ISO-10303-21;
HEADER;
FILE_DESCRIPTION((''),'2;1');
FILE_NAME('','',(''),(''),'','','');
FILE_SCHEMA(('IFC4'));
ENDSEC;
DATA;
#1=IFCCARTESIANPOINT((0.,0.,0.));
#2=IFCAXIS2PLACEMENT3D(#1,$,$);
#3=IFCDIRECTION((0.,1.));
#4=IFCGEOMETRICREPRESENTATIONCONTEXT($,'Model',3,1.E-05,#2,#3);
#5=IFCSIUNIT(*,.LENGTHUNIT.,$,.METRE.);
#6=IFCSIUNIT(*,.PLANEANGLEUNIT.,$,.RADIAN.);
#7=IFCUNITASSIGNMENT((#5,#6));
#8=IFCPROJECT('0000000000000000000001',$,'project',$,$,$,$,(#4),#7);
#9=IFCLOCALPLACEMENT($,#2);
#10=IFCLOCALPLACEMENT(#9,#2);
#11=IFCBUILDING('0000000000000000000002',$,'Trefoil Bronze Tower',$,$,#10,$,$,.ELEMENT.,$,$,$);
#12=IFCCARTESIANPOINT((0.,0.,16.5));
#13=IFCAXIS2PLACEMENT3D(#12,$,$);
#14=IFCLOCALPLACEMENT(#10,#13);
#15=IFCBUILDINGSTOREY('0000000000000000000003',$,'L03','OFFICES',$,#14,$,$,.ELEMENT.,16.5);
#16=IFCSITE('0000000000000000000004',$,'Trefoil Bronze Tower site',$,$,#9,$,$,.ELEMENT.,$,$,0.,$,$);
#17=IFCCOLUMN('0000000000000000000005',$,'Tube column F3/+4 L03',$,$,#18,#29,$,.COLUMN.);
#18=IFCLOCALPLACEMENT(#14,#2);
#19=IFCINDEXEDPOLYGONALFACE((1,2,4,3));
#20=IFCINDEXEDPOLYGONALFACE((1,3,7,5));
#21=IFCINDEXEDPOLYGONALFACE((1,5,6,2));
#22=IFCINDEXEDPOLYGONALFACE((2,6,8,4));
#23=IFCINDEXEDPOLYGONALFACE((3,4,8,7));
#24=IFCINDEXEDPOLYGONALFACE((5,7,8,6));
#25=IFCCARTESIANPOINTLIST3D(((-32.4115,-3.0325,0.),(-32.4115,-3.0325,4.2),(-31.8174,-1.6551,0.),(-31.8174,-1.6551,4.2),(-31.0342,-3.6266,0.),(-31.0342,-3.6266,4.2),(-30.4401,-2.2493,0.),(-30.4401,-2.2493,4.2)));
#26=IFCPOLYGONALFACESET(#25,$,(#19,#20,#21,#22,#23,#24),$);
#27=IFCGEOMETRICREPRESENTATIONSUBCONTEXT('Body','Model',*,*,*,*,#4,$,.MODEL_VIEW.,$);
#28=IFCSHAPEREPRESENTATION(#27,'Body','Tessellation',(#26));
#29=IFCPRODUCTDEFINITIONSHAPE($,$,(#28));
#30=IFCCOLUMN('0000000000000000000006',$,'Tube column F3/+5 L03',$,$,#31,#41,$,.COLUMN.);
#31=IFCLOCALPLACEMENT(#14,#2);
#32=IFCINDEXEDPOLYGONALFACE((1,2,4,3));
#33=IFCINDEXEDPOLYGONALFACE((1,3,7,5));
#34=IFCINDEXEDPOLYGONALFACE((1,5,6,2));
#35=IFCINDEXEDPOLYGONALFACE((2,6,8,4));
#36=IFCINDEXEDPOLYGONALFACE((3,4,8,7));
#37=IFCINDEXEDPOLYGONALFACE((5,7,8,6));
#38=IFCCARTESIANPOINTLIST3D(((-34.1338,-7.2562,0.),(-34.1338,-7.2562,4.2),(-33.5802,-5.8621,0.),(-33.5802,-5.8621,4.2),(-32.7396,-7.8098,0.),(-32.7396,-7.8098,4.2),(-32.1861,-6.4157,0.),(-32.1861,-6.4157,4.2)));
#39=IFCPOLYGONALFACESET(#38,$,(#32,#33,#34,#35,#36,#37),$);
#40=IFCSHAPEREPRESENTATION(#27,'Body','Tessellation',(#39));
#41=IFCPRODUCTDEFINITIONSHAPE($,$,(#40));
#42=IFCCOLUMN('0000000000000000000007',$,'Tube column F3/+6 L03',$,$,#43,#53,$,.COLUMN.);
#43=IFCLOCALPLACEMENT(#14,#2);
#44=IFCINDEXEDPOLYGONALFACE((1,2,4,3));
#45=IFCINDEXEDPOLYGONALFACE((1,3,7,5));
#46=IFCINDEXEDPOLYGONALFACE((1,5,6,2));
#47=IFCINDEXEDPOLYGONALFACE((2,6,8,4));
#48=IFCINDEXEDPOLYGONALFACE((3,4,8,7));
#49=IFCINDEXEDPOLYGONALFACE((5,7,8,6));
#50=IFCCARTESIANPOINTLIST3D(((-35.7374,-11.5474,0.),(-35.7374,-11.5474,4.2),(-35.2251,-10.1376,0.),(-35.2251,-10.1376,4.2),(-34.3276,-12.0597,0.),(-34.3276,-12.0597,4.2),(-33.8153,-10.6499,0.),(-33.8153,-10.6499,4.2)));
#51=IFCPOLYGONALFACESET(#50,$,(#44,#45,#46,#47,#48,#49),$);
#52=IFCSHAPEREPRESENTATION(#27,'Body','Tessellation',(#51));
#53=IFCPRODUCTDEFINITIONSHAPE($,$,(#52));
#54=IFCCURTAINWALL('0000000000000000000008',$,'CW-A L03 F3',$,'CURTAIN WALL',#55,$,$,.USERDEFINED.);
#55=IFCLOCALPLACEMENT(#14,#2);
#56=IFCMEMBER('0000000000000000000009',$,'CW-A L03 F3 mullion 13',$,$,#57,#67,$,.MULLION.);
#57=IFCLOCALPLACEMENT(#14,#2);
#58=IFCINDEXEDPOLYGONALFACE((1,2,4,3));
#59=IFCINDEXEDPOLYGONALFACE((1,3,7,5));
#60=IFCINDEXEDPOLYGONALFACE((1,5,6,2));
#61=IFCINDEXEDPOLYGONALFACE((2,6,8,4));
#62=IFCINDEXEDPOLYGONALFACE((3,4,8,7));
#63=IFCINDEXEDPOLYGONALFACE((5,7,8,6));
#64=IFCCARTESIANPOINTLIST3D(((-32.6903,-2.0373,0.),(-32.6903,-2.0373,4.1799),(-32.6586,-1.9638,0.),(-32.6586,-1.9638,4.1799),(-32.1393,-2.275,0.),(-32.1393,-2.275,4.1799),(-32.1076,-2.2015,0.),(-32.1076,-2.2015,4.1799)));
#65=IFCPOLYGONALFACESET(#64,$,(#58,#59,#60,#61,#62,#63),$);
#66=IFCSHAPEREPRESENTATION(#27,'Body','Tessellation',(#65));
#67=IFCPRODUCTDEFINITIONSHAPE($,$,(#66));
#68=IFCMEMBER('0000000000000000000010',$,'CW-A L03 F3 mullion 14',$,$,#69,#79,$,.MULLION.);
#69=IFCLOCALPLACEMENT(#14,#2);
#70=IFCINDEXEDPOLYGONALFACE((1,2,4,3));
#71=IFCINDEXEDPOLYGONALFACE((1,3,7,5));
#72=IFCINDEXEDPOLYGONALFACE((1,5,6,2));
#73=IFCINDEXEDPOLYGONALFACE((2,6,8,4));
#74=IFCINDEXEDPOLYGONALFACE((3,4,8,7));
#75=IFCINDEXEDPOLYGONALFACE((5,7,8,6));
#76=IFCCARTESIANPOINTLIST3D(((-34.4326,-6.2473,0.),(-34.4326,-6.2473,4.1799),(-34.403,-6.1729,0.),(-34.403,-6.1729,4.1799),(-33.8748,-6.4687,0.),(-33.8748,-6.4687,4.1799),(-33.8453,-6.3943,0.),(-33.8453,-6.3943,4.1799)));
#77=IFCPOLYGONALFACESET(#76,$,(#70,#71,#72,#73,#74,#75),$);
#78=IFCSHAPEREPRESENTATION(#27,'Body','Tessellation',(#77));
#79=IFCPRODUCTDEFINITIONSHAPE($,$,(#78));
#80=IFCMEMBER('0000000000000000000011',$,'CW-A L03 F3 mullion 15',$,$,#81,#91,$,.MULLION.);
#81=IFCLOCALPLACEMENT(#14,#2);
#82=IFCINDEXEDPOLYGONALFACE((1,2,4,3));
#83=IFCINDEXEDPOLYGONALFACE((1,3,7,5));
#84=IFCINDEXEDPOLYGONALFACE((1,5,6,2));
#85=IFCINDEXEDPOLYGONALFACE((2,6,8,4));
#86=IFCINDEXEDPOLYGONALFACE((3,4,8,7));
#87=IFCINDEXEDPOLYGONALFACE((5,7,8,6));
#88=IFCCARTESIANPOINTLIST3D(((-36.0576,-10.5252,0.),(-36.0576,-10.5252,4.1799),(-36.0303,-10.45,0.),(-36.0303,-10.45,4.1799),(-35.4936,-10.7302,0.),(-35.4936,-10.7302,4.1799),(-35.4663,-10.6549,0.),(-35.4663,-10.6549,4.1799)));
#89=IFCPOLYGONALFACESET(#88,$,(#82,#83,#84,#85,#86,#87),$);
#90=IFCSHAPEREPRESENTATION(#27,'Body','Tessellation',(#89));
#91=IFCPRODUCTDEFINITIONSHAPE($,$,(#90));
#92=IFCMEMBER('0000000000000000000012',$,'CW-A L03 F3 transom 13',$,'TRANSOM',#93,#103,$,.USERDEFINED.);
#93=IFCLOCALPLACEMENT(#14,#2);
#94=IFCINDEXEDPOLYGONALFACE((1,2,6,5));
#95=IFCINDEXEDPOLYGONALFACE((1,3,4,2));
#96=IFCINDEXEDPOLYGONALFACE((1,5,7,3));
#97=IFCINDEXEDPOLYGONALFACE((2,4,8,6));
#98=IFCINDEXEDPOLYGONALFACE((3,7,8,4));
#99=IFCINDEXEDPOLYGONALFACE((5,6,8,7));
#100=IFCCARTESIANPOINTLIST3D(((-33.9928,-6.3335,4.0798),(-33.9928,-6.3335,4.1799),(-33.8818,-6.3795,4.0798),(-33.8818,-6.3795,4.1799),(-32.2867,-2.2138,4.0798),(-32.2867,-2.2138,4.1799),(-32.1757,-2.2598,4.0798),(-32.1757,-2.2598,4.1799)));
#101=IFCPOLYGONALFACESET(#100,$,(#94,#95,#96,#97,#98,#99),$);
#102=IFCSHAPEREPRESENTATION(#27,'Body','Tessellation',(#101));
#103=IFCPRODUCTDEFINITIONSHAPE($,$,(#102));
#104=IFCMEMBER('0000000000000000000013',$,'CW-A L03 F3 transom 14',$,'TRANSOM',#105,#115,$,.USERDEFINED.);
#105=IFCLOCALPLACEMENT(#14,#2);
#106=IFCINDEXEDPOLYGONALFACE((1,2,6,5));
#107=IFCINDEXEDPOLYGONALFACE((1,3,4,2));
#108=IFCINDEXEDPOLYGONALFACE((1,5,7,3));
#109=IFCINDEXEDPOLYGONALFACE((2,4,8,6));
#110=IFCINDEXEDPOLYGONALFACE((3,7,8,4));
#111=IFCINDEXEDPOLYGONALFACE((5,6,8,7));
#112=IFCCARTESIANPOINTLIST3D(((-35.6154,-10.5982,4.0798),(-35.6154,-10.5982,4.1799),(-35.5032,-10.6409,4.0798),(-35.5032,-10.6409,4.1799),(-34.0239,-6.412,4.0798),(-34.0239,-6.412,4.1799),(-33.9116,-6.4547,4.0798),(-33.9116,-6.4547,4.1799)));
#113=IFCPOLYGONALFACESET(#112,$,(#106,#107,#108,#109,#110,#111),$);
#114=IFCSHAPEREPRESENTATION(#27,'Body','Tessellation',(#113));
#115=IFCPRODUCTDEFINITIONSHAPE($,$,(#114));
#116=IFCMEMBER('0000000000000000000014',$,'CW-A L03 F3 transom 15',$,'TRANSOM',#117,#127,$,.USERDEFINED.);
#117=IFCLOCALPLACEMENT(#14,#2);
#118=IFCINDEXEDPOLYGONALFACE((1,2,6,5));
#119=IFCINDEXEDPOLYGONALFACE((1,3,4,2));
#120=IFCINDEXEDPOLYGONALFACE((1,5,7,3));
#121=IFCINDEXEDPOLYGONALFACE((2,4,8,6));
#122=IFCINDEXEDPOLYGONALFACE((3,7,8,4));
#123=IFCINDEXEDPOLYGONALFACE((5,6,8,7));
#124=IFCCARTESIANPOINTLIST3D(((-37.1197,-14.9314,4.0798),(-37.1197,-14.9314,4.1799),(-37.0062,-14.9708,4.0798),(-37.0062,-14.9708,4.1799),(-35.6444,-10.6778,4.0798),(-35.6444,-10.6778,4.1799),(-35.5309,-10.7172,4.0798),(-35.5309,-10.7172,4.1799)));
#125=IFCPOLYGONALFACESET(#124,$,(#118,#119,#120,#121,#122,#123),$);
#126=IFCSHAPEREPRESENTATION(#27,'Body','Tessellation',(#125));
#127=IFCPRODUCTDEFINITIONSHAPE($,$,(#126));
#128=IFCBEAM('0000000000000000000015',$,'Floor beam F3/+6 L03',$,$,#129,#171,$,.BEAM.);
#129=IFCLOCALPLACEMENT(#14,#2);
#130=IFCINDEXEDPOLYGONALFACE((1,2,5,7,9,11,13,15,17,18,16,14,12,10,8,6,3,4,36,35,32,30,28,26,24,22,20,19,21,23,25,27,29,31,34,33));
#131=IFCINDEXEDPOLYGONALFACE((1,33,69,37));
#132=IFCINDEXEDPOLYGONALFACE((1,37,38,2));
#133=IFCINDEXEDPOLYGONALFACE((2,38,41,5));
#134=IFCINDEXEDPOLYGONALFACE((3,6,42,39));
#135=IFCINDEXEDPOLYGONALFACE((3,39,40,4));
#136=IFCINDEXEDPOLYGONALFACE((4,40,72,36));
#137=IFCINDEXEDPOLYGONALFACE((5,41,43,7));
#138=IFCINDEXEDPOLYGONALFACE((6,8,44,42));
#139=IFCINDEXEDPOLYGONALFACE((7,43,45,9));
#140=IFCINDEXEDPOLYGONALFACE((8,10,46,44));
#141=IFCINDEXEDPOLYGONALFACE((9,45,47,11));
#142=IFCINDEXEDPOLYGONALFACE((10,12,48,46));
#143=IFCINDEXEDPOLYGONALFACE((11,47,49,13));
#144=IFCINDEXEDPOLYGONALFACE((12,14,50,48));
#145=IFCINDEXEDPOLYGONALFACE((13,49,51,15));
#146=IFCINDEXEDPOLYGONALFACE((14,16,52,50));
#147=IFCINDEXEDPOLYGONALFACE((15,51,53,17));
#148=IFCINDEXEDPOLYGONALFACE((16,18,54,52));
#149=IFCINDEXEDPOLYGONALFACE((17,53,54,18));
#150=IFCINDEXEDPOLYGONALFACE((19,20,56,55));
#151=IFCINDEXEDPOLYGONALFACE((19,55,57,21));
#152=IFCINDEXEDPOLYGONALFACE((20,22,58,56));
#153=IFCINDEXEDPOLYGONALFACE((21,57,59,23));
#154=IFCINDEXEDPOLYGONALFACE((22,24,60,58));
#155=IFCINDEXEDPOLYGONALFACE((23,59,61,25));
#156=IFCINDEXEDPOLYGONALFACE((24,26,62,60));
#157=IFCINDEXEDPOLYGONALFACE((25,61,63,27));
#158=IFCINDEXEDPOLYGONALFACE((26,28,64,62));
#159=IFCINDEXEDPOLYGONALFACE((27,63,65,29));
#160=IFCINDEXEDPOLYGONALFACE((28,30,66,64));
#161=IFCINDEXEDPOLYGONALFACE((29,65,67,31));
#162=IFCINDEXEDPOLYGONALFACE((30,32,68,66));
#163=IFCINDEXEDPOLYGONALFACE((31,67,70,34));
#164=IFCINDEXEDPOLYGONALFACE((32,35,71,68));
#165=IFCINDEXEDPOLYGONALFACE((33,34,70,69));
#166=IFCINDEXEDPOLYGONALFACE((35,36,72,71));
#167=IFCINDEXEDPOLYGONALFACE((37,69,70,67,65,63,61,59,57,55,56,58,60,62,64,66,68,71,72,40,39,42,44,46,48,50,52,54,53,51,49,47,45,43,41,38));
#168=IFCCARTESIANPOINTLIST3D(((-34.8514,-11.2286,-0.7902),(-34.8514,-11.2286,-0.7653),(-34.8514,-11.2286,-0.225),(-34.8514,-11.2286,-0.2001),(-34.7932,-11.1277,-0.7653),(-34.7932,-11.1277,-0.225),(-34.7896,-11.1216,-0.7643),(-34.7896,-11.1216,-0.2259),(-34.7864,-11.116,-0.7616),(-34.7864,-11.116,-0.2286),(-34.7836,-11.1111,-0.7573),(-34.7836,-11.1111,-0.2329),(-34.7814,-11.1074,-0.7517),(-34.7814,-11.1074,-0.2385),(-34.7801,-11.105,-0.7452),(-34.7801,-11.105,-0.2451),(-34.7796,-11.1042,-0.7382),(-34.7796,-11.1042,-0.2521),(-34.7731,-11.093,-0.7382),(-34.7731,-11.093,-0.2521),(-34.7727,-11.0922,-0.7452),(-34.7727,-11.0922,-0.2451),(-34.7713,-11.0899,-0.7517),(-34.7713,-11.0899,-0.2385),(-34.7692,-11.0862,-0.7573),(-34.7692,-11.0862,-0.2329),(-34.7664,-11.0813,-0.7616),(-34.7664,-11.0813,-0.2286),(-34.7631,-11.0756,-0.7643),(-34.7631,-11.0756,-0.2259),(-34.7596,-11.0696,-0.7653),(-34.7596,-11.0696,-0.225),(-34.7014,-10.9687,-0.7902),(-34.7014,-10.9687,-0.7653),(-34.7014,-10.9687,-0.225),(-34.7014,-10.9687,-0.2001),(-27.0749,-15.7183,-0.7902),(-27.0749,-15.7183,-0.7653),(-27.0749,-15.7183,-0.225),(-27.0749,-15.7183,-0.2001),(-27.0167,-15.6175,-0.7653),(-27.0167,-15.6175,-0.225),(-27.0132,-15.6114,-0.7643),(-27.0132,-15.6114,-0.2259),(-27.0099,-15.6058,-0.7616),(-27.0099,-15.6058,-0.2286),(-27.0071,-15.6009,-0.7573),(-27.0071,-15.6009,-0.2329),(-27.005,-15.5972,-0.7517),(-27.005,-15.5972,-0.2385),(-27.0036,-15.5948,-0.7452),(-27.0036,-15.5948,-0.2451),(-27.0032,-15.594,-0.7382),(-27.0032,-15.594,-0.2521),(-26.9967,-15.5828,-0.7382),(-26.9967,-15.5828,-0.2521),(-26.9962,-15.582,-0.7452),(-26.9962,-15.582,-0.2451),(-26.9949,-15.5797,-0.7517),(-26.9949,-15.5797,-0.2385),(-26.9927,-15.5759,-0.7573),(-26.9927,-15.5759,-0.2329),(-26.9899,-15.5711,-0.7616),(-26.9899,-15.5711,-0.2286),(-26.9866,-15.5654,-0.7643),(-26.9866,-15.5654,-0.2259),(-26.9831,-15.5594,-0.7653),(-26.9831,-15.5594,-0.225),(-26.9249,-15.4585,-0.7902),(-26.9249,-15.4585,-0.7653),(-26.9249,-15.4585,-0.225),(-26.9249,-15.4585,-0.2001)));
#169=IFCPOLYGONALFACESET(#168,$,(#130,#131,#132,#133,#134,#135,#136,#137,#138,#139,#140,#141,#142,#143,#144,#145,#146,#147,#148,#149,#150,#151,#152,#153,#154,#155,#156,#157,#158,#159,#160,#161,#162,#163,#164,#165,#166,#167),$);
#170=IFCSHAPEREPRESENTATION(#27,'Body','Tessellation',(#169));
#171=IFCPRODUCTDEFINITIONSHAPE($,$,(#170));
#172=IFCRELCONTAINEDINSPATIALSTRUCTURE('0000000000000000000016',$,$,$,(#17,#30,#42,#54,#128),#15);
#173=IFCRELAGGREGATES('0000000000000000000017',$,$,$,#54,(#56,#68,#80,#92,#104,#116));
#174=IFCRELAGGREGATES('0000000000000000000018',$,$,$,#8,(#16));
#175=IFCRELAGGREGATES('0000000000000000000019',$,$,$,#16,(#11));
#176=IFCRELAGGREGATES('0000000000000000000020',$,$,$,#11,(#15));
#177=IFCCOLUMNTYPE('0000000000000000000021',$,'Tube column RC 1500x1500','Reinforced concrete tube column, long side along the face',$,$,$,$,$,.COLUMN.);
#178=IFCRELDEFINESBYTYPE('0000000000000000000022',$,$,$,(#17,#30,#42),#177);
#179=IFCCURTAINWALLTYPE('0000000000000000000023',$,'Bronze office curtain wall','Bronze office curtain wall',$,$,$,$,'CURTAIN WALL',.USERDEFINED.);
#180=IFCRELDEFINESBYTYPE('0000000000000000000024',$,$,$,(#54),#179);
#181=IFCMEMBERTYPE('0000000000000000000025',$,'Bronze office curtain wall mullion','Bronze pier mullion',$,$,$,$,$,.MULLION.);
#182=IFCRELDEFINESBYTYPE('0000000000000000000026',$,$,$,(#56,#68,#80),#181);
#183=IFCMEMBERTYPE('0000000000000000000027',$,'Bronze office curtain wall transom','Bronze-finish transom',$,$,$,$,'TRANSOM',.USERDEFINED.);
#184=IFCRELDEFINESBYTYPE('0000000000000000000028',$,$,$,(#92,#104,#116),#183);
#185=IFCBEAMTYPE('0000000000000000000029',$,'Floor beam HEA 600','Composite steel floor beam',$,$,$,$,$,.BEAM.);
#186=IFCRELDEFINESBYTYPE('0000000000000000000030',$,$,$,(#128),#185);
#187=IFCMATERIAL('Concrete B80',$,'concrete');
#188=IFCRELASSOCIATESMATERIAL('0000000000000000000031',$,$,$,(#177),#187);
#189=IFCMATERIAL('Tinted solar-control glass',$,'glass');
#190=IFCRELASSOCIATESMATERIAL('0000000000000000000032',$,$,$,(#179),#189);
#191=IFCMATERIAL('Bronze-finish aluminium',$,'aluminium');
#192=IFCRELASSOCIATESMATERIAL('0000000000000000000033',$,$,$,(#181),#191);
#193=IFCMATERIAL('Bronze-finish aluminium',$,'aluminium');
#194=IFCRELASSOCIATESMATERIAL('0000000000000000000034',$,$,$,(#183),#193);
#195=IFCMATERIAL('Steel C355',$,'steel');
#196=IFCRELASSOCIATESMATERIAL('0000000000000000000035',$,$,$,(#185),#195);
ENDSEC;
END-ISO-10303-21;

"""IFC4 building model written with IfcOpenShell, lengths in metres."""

from ifc_helpers import new_model, si_unit, direction, frame, origin, origin_2d, place, context, subcontext, project, spatial, rectangle, i_section, extrude, material, material_profile, profile_set, type_object, element, aggregate, save


model = new_model("IFC4")

# Units and contexts
model_context = context("Model", 3, precision=1e-05, world=origin(), true_north=direction((0.0, 1.0)))
body_context = subcontext(model_context, "Body", "Model", "MODEL_VIEW")
ifc_project = project(units=[si_unit("LENGTHUNIT", "METRE"), si_unit("PLANEANGLEUNIT", "RADIAN")], contexts=[model_context])

# Site, building, storey
site_placement = place(None, origin())
site = spatial("IfcSite", under=ifc_project, at=site_placement, Name="Trefoil Bronze Tower site", CompositionType="ELEMENT", RefElevation=0.0)
building_placement = place(site_placement, origin())
building = spatial("IfcBuilding", under=site, at=building_placement, Name="Trefoil Bronze Tower", CompositionType="ELEMENT")
storey_placement = place(building_placement, frame((0.0, 0.0, 16.5)))
storey = spatial("IfcBuildingStorey", under=building, at=storey_placement, Name="L03", Description="OFFICES", CompositionType="ELEMENT", Elevation=16.5)

# Columns
ifc_material_1 = material(Name="Concrete B80", Category="concrete")
ifc_material_profile_1 = material_profile(ifc_material_1, rectangle(XDim=1.5, YDim=1.5, at=origin_2d()), Name="RC 1500x1500")
ifc_profile_set_1 = profile_set([ifc_material_profile_1], Name="Concrete B80")
column_type = type_object("IfcColumnType", Name="Tube column RC 1500x1500", Description="Reinforced concrete tube column, long side along the face", PredefinedType="COLUMN", material=ifc_profile_set_1)
for number, where, z_axis, x_axis, name in (
    (1, (-31.4258, -2.6409, 0.0), (0.0, 0.0, 1.0), (-0.396085, -0.918214, 0.0), "Tube column F3/+4 L03"),
    (2, (-33.1599, -6.8359, 0.0), (0.0, 0.0, 1.0), (-0.36904, -0.929414, 0.0), "Tube column F3/+5 L03"),
    (3, (-34.7764, -11.0986, 0.0), (0.0, 0.0, 1.0), (-0.341559, -0.93986, 0.0), "Tube column F3/+6 L03"),
):
    element("IfcColumn", number, at=place(storey_placement, frame(where, z_axis=z_axis, x_axis=x_axis)), inside=storey, type_object=column_type, Name=name, PredefinedType="COLUMN", context=body_context, shape_type="SweptSolid", body=[
        extrude(rectangle(XDim=1.5, YDim=1.5, at=origin_2d()), origin(), (0.0, 0.0, 1.0), 4.2),
    ])

# Curtain wall, members
ifc_material_2 = material(Name="Tinted solar-control glass", Category="glass")
curtain_wall_type = type_object("IfcCurtainWallType", Name="Bronze office curtain wall", Description="Bronze office curtain wall", ElementType="CURTAIN WALL", PredefinedType="USERDEFINED", material=ifc_material_2)
curtain_wall_placement = place(storey_placement, origin())
curtain_wall = element("IfcCurtainWall", 4, at=curtain_wall_placement, inside=storey, type_object=curtain_wall_type, Name="CW-A L03 F3", ObjectType="CURTAIN WALL", PredefinedType="USERDEFINED")
ifc_material_3 = material(Name="Bronze-finish aluminium", Category="aluminium")
ifc_material_profile_2 = material_profile(ifc_material_3, rectangle(XDim=0.6001, YDim=0.0801, at=origin_2d()), Name="CW-A mullion")
ifc_profile_set_2 = profile_set([ifc_material_profile_2], Name="Bronze-finish aluminium")
member_type_1 = type_object("IfcMemberType", Name="Bronze office curtain wall mullion", Description="Bronze pier mullion", PredefinedType="MULLION", material=ifc_profile_set_2)
member_1_placement = place(storey_placement, frame((-32.3989, -2.1194, 0.0), z_axis=(0.0, 0.0, 1.0), x_axis=(0.918214, -0.396085, 0.0)))
member_1 = element("IfcMember", 5, at=member_1_placement, type_object=member_type_1, Name="CW-A L03 F3 mullion 13", PredefinedType="MULLION", context=body_context, shape_type="SweptSolid", body=[
    extrude(rectangle(XDim=0.6001, YDim=0.0801, at=origin_2d()), origin(), (0.0, 0.0, 1.0), 4.1799),
])
member_2_placement = place(storey_placement, frame((-34.1389, -6.3208, 0.0), z_axis=(0.0, 0.0, 1.0), x_axis=(0.929414, -0.36904, 0.0)))
member_2 = element("IfcMember", 6, at=member_2_placement, type_object=member_type_1, Name="CW-A L03 F3 mullion 14", PredefinedType="MULLION", context=body_context, shape_type="SweptSolid", body=[
    extrude(rectangle(XDim=0.6001, YDim=0.0801, at=origin_2d()), origin(), (0.0, 0.0, 1.0), 4.1799),
])
member_3_placement = place(storey_placement, frame((-35.762, -10.5901, 0.0), z_axis=(0.0, 0.0, 1.0), x_axis=(0.93986, -0.341559, 0.0)))
member_3 = element("IfcMember", 7, at=member_3_placement, type_object=member_type_1, Name="CW-A L03 F3 mullion 15", PredefinedType="MULLION", context=body_context, shape_type="SweptSolid", body=[
    extrude(rectangle(XDim=0.6001, YDim=0.0801, at=origin_2d()), origin(), (0.0, 0.0, 1.0), 4.1799),
])
ifc_material_4 = material(Name="Bronze-finish aluminium", Category="aluminium")
ifc_material_profile_3 = material_profile(ifc_material_4, rectangle(XDim=0.1201, YDim=0.1001, at=origin_2d()), Name="CW-A transom")
ifc_profile_set_3 = profile_set([ifc_material_profile_3], Name="Bronze-finish aluminium")
member_type_2 = type_object("IfcMemberType", Name="Bronze office curtain wall transom", Description="Bronze-finish transom", ElementType="TRANSOM", PredefinedType="USERDEFINED", material=ifc_profile_set_3)
member_4_placement = place(storey_placement, frame((-32.2312, -2.2368, 4.1299), z_axis=(-0.382616, -0.923907, 0.0), x_axis=(0.923907, -0.382616, 0.0)))
member_4 = element("IfcMember", 8, at=member_4_placement, type_object=member_type_2, Name="CW-A L03 F3 transom 13", ObjectType="TRANSOM", PredefinedType="USERDEFINED", context=body_context, shape_type="SweptSolid", body=[
    extrude(rectangle(XDim=0.1201, YDim=0.1001, at=origin_2d()), origin(), (0.0, 0.0, 1.0), 4.459),
])
member_5_placement = place(storey_placement, frame((-33.9678, -6.4333, 4.1299), z_axis=(-0.355367, -0.934727, 0.0), x_axis=(0.934727, -0.355367, 0.0)))
member_5 = element("IfcMember", 9, at=member_5_placement, type_object=member_type_2, Name="CW-A L03 F3 transom 14", ObjectType="TRANSOM", PredefinedType="USERDEFINED", context=body_context, shape_type="SweptSolid", body=[
    extrude(rectangle(XDim=0.1201, YDim=0.1001, at=origin_2d()), origin(), (0.0, 0.0, 1.0), 4.4785),
])
member_6_placement = place(storey_placement, frame((-35.5876, -10.6975, 4.1299), z_axis=(-0.32769, -0.944785, 0.0), x_axis=(0.944785, -0.32769, 0.0)))
member_6 = element("IfcMember", 10, at=member_6_placement, type_object=member_type_2, Name="CW-A L03 F3 transom 15", ObjectType="TRANSOM", PredefinedType="USERDEFINED", context=body_context, shape_type="SweptSolid", body=[
    extrude(rectangle(XDim=0.1201, YDim=0.1001, at=origin_2d()), origin(), (0.0, 0.0, 1.0), 4.5022),
])

# Beam
ifc_material_5 = material(Name="Steel C355", Category="steel")
ifc_material_profile_4 = material_profile(ifc_material_5, i_section(OverallWidth=0.3, OverallDepth=0.5901, WebThickness=0.0129, FlangeThickness=0.0249, FilletRadius=0.0271, at=origin_2d()), Name="HEA 600")
ifc_profile_set_4 = profile_set([ifc_material_profile_4], Name="Steel C355")
beam_type_1 = type_object("IfcBeamType", Name="Floor beam HEA 600", Description="Composite steel floor beam", PredefinedType="BEAM", material=ifc_profile_set_4)
beam_1_placement = place(storey_placement, frame((-34.7764, -11.0986, -0.4951), z_axis=(0.866023, -0.500005, 0.0), x_axis=(0.500005, 0.866023, 0.0)))
element("IfcBeam", 11, at=beam_1_placement, inside=storey, type_object=beam_type_1, Name="Floor beam F3/+6 L03", PredefinedType="BEAM", context=body_context, shape_type="SweptSolid", body=[
    extrude(i_section(OverallWidth=0.3, OverallDepth=0.5901, WebThickness=0.0129, FlangeThickness=0.0249, FilletRadius=0.0271, at=origin_2d()), origin(), (0.0, 0.0, 1.0), 8.9795),
])

aggregate(curtain_wall, [member_1, member_2, member_3, member_4, member_5, member_6])

save(model, "model.ifc")
